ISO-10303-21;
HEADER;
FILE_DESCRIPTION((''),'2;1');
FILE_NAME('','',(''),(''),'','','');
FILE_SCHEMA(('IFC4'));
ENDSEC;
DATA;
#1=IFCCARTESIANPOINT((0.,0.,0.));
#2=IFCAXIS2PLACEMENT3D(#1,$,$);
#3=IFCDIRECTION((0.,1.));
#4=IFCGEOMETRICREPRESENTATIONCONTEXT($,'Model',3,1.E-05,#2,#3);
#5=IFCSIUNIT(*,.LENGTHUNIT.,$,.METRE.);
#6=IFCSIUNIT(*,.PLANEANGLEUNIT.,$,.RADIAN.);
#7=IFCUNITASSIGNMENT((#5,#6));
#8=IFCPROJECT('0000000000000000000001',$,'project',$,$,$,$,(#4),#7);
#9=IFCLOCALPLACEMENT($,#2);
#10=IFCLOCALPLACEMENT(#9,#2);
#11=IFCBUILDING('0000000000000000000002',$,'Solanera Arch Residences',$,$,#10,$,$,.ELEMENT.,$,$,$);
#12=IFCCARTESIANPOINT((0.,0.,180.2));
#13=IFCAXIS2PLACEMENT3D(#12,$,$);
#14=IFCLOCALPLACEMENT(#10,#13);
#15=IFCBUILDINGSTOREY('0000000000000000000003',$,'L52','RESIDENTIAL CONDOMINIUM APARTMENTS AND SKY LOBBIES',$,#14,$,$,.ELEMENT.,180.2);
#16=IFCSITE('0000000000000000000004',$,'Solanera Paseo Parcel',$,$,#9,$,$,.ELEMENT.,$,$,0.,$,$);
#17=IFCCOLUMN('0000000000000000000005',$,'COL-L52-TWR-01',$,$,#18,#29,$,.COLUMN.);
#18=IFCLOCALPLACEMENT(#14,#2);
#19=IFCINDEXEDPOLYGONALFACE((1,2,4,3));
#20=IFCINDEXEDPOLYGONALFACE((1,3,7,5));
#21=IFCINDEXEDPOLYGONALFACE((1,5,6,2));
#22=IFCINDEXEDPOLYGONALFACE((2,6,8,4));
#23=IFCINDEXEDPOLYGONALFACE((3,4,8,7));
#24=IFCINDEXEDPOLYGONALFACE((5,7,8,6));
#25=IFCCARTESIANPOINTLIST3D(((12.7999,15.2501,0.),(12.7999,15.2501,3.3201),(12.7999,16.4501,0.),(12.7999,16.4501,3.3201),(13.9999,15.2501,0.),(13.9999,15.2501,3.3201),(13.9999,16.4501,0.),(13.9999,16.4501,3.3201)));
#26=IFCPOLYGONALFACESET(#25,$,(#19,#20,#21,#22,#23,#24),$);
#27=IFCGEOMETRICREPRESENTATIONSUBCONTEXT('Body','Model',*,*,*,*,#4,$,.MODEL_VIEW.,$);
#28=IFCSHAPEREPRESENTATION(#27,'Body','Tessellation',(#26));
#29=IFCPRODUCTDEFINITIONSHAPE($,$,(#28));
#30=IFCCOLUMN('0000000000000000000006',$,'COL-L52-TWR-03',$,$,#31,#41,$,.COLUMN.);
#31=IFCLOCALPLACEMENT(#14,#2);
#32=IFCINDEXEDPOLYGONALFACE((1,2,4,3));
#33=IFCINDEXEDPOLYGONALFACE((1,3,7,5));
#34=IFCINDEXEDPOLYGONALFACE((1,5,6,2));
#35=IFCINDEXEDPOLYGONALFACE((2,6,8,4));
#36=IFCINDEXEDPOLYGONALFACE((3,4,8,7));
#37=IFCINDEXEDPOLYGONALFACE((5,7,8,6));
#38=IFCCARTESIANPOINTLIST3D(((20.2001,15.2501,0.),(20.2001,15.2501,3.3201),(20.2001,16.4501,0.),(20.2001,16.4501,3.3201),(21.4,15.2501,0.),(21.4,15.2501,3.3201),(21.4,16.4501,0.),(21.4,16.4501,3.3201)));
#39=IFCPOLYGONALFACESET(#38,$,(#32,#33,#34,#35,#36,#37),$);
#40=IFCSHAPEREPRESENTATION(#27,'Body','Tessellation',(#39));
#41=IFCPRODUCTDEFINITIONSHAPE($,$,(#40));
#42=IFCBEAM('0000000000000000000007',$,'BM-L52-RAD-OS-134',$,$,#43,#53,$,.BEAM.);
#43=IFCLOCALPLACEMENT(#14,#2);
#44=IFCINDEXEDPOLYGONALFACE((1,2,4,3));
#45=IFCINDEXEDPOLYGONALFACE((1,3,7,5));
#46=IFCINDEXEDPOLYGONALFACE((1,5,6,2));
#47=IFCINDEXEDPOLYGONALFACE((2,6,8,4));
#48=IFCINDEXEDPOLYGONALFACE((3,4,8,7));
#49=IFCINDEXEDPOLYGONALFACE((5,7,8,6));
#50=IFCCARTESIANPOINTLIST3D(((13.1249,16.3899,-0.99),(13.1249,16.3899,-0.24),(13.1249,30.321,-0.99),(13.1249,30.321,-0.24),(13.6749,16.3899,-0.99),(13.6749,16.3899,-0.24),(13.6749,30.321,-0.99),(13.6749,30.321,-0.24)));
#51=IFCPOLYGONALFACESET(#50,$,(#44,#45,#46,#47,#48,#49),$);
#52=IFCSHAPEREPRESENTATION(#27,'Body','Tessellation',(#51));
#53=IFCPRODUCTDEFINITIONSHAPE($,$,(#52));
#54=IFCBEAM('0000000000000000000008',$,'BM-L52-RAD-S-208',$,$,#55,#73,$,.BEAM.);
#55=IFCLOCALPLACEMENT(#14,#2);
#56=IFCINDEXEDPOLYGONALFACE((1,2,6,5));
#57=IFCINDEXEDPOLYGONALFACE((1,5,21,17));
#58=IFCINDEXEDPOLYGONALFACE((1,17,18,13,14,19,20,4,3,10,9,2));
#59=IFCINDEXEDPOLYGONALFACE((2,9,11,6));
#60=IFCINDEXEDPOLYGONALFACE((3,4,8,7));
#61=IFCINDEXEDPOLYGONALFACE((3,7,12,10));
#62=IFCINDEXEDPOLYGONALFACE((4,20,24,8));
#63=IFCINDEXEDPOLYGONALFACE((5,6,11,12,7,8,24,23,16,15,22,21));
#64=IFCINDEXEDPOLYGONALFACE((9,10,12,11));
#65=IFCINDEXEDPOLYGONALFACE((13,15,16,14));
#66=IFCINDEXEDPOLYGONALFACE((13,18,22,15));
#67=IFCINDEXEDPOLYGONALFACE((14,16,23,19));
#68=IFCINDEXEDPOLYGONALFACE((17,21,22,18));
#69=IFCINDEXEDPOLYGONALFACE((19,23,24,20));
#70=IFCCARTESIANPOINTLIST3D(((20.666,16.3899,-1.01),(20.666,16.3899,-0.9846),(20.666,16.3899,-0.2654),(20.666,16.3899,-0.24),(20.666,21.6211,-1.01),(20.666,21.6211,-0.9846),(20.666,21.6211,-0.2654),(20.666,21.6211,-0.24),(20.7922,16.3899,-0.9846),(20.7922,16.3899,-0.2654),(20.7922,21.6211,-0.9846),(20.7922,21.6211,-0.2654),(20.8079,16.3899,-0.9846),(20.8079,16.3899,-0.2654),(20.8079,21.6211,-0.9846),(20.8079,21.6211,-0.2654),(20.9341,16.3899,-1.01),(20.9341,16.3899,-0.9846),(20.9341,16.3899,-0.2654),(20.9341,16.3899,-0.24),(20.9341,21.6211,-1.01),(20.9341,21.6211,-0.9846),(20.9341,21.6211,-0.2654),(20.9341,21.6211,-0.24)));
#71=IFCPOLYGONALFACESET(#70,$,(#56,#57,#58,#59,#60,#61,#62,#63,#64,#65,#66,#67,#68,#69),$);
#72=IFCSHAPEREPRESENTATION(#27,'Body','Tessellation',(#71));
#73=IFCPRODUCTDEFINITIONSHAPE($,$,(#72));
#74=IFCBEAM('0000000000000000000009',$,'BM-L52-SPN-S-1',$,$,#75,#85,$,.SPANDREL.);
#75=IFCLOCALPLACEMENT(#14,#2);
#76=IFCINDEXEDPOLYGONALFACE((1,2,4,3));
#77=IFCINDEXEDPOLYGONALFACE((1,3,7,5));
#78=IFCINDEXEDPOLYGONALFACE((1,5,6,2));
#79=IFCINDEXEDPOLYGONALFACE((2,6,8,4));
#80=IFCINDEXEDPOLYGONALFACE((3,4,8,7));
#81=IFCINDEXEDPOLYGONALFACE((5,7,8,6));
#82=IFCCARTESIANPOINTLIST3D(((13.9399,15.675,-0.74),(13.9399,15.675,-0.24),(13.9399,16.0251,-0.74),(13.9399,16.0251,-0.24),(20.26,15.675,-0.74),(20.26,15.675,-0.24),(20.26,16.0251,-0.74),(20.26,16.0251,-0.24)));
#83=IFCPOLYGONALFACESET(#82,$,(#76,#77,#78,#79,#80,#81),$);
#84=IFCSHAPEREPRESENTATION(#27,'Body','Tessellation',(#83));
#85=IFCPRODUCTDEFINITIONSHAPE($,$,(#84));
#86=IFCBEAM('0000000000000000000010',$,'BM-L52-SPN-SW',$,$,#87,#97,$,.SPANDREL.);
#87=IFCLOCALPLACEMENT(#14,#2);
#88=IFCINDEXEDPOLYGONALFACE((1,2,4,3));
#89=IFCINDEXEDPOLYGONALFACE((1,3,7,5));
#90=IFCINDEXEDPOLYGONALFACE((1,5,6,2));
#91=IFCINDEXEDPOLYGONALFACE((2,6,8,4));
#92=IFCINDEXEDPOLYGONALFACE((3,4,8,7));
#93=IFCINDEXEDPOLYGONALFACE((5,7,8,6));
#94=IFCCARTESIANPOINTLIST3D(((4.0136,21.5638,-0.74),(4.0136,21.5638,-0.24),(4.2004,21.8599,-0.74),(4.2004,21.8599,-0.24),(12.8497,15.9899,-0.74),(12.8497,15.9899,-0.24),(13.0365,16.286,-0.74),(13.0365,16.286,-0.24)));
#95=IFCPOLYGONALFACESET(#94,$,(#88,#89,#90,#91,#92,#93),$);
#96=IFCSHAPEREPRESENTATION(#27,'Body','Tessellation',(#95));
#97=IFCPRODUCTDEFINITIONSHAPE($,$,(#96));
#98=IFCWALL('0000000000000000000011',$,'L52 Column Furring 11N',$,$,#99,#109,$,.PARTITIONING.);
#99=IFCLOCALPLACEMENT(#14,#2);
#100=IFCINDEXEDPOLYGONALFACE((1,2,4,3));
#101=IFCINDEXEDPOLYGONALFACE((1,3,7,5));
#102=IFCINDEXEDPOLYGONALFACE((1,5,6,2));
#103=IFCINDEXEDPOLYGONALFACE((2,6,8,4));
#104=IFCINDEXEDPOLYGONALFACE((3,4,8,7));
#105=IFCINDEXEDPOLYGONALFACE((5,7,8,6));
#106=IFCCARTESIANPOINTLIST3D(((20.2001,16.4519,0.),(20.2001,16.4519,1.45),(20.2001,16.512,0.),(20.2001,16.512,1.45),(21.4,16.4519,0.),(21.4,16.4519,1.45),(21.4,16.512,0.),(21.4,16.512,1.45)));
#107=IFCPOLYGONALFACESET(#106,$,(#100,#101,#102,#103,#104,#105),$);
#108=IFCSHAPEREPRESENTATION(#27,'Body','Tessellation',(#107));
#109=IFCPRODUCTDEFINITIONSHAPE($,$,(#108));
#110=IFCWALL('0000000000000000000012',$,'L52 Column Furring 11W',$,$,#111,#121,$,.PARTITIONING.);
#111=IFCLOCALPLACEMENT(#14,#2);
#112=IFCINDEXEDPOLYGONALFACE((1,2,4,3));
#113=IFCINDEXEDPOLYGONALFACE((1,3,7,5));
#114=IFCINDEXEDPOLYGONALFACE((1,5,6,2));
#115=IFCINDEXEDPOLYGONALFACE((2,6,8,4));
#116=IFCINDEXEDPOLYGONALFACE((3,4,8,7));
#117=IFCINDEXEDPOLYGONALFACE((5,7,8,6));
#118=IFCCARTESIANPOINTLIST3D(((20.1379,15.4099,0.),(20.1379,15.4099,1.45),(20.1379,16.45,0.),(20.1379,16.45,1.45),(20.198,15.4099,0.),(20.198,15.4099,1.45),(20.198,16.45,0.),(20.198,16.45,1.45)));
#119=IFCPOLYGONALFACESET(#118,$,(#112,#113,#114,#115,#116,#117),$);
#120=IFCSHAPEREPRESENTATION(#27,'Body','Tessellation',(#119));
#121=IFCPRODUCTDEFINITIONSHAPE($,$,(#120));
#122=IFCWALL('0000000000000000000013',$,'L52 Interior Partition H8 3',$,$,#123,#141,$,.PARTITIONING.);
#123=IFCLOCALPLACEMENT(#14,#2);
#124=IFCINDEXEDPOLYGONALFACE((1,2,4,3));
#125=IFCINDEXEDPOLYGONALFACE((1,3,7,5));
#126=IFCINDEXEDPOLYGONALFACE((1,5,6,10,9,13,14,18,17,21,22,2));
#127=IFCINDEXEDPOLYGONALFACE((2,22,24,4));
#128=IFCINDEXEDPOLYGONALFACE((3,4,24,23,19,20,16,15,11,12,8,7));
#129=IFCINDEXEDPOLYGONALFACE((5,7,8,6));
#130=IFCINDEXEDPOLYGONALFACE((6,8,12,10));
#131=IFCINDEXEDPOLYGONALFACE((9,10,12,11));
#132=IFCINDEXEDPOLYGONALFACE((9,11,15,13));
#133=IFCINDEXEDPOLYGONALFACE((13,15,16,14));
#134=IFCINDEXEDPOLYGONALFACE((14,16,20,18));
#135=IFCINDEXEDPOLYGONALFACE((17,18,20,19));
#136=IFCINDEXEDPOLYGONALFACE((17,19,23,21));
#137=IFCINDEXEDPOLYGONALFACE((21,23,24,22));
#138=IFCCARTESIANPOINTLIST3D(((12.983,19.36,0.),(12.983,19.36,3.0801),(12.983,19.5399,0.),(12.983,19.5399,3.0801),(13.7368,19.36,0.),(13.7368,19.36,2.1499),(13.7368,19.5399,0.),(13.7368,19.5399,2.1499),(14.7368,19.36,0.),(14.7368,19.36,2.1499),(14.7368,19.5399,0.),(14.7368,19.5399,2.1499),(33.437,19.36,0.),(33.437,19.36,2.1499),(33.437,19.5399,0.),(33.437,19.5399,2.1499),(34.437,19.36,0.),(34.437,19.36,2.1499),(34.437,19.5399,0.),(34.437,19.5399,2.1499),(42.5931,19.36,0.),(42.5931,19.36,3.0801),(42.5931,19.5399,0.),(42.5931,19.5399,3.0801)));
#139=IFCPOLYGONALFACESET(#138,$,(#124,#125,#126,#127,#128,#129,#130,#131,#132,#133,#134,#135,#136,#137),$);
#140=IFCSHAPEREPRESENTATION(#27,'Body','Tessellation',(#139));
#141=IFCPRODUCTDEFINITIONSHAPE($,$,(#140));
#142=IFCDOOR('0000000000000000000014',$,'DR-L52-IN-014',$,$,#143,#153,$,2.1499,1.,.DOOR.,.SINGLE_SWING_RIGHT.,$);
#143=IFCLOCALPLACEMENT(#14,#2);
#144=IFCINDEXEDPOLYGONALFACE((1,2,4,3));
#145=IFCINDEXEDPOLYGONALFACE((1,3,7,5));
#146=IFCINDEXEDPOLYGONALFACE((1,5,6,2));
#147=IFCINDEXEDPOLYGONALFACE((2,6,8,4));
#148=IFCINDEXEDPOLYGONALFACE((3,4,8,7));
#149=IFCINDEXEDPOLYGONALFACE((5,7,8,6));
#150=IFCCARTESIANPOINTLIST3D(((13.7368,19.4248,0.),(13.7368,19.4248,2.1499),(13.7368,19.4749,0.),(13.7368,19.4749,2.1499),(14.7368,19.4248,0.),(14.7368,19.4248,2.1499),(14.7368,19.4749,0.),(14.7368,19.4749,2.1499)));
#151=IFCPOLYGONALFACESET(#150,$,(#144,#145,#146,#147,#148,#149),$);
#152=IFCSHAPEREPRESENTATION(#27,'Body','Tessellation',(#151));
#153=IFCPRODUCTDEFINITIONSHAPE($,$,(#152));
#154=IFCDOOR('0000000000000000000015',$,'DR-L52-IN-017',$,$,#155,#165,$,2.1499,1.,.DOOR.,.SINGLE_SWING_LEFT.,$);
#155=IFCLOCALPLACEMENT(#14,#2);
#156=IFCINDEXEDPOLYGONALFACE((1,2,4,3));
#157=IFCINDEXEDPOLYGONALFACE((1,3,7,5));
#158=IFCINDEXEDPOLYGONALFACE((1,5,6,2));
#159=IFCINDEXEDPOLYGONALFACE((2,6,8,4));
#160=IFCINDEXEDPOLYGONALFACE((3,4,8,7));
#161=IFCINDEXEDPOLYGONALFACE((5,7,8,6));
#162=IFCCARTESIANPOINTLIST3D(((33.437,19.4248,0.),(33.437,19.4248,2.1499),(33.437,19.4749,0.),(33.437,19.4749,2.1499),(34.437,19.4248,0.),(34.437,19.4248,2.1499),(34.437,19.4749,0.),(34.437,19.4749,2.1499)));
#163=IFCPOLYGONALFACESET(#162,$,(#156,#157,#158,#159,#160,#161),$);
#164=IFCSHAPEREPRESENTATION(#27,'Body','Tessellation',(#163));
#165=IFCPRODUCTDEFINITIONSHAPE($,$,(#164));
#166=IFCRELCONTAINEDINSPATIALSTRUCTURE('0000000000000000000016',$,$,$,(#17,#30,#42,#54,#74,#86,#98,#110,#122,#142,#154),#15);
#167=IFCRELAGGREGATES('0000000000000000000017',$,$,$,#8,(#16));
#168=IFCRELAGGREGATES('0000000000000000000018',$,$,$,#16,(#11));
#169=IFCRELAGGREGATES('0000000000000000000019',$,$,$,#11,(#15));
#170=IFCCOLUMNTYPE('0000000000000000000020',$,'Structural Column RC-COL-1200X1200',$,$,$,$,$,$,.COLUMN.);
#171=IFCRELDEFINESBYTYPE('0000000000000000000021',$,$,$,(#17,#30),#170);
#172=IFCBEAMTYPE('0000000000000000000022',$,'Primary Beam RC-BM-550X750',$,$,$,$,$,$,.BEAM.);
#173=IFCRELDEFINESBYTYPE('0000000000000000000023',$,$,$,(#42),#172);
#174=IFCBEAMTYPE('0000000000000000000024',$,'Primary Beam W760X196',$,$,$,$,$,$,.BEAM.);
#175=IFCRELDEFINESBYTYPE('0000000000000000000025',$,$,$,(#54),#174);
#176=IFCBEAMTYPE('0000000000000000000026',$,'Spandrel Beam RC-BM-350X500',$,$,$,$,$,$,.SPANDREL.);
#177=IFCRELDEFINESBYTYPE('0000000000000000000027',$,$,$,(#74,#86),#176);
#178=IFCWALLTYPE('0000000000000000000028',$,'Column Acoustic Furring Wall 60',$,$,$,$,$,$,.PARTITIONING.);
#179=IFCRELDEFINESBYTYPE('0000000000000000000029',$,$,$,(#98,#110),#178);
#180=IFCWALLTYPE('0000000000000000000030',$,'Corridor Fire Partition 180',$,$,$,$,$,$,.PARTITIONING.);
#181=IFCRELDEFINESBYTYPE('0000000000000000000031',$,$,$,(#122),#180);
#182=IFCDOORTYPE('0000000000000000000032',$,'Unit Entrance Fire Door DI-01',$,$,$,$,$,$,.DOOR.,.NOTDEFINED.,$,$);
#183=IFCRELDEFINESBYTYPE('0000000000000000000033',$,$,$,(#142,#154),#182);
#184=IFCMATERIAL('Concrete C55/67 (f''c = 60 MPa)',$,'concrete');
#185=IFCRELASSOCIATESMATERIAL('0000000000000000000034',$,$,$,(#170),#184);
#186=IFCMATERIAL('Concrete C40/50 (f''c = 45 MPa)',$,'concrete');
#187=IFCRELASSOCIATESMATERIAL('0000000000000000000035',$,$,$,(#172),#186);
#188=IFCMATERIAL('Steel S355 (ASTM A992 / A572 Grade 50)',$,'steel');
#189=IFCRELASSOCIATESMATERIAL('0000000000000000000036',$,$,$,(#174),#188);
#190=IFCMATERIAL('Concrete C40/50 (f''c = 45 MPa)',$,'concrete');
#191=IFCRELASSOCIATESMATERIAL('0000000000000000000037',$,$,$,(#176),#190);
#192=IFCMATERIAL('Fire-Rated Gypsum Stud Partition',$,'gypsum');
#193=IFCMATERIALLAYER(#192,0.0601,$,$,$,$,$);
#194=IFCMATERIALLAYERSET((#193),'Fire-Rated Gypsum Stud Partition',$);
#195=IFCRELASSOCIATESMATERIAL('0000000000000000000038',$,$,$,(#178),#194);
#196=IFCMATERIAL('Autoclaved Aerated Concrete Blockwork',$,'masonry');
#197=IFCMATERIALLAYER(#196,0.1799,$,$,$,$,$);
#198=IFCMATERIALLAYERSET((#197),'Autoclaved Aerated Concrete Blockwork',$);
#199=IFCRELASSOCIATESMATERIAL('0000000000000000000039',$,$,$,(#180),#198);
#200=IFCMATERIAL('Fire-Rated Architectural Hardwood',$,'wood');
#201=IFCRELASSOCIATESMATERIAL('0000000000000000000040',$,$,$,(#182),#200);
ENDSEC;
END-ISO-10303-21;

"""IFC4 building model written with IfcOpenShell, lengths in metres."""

from ifc_helpers import new_model, si_unit, direction, frame, frame_2d, origin, origin_2d, place, context, subcontext, project, spatial, rectangle, i_section, extrude, material, layer, layer_set, material_profile, profile_set, type_object, element, fill, save


model = new_model("IFC4")

# Units and contexts
model_context = context("Model", 3, precision=1e-05, world=origin(), true_north=direction((0.0, 1.0)))
body_context = subcontext(model_context, "Body", "Model", "MODEL_VIEW")
ifc_project = project(units=[si_unit("LENGTHUNIT", "METRE"), si_unit("PLANEANGLEUNIT", "RADIAN")], contexts=[model_context])

# Site, building, storey
site_placement = place(None, origin())
site = spatial("IfcSite", under=ifc_project, at=site_placement, Name="Solanera Paseo Parcel", CompositionType="ELEMENT", RefElevation=0.0)
building_placement = place(site_placement, origin())
building = spatial("IfcBuilding", under=site, at=building_placement, Name="Solanera Arch Residences", CompositionType="ELEMENT")
storey_placement = place(building_placement, frame((0.0, 0.0, 180.2)))
storey = spatial("IfcBuildingStorey", under=building, at=storey_placement, Name="L52", Description="RESIDENTIAL CONDOMINIUM APARTMENTS AND SKY LOBBIES", CompositionType="ELEMENT", Elevation=180.2)

# Columns
ifc_material_1 = material(Name="Concrete C55/67 (f'c = 60 MPa)", Category="concrete")
ifc_material_profile_1 = material_profile(ifc_material_1, rectangle(XDim=1.2, YDim=1.2, at=origin_2d()))
ifc_profile_set_1 = profile_set([ifc_material_profile_1], Name="Concrete C55/67 (f'c = 60 MPa)")
column_type = type_object("IfcColumnType", Name="Structural Column RC-COL-1200X1200", PredefinedType="COLUMN", material=ifc_profile_set_1)
for number, where, z_axis, x_axis, name in (
    (1, (13.3999, 15.8501, 0.0), (0.0, 0.0, 1.0), (1.0, 0.0, 0.0), "COL-L52-TWR-01"),
    (2, (20.8, 15.8501, 0.0), (0.0, 0.0, 1.0), (1.0, 0.0, 0.0), "COL-L52-TWR-03"),
):
    element("IfcColumn", number, at=place(storey_placement, frame(where, z_axis=z_axis, x_axis=x_axis)), inside=storey, type_object=column_type, Name=name, PredefinedType="COLUMN", context=body_context, shape_type="SweptSolid", body=[
        extrude(rectangle(XDim=1.2, YDim=1.2, at=origin_2d()), origin(), (0.0, 0.0, 1.0), 3.3201),
    ])

# Beams
ifc_material_2 = material(Name="Concrete C40/50 (f'c = 45 MPa)", Category="concrete")
ifc_material_profile_2 = material_profile(ifc_material_2, rectangle(XDim=0.55, YDim=0.75, at=origin_2d()))
ifc_profile_set_2 = profile_set([ifc_material_profile_2], Name="Concrete C40/50 (f'c = 45 MPa)")
beam_type_1 = type_object("IfcBeamType", Name="Primary Beam RC-BM-550X750", PredefinedType="BEAM", material=ifc_profile_set_2)
beam_1_placement = place(storey_placement, frame((13.3999, 16.3899, -0.615), z_axis=(0.0, 1.0, 0.0), x_axis=(-1.0, 0.0, 0.0)))
element("IfcBeam", 3, at=beam_1_placement, inside=storey, type_object=beam_type_1, Name="BM-L52-RAD-OS-134", PredefinedType="BEAM", context=body_context, shape_type="SweptSolid", body=[
    extrude(rectangle(XDim=0.55, YDim=0.75, at=origin_2d()), origin(), (0.0, 0.0, 1.0), 13.9312),
])
ifc_material_3 = material(Name="Steel S355 (ASTM A992 / A572 Grade 50)", Category="steel")
ifc_material_profile_3 = material_profile(ifc_material_3, i_section(OverallWidth=0.2681, OverallDepth=0.77, WebThickness=0.0156, FlangeThickness=0.0254, at=origin_2d()))
ifc_profile_set_3 = profile_set([ifc_material_profile_3], Name="Steel S355 (ASTM A992 / A572 Grade 50)")
beam_type_2 = type_object("IfcBeamType", Name="Primary Beam W760X196", PredefinedType="BEAM", material=ifc_profile_set_3)
beam_2_placement = place(storey_placement, frame((20.8, 16.3899, -0.625), z_axis=(0.0, 1.0, 0.0), x_axis=(-1.0, 0.0, 0.0)))
element("IfcBeam", 4, at=beam_2_placement, inside=storey, type_object=beam_type_2, Name="BM-L52-RAD-S-208", PredefinedType="BEAM", context=body_context, shape_type="SweptSolid", body=[
    extrude(i_section(OverallWidth=0.2681, OverallDepth=0.77, WebThickness=0.0156, FlangeThickness=0.0254, at=origin_2d()), origin(), (0.0, 0.0, 1.0), 5.2312),
])
ifc_material_4 = material(Name="Concrete C40/50 (f'c = 45 MPa)", Category="concrete")
ifc_material_profile_4 = material_profile(ifc_material_4, rectangle(XDim=0.3501, YDim=0.5, at=origin_2d()))
ifc_profile_set_4 = profile_set([ifc_material_profile_4], Name="Concrete C40/50 (f'c = 45 MPa)")
beam_type_3 = type_object("IfcBeamType", Name="Spandrel Beam RC-BM-350X500", PredefinedType="SPANDREL", material=ifc_profile_set_4)
beam_3_placement = place(storey_placement, frame((13.9399, 15.8501, -0.49), z_axis=(1.0, 0.0, 0.0), x_axis=(0.0, 1.0, 0.0)))
element("IfcBeam", 5, at=beam_3_placement, inside=storey, type_object=beam_type_3, Name="BM-L52-SPN-S-1", PredefinedType="SPANDREL", context=body_context, shape_type="SweptSolid", body=[
    extrude(rectangle(XDim=0.3501, YDim=0.5, at=origin_2d()), origin(), (0.0, 0.0, 1.0), 6.3201),
])
beam_4_placement = place(storey_placement, frame((12.9431, 16.1379, -0.49), z_axis=(-0.845781, 0.53353, 0.0), x_axis=(-0.53353, -0.845781, 0.0)))
element("IfcBeam", 6, at=beam_4_placement, inside=storey, type_object=beam_type_3, Name="BM-L52-SPN-SW", PredefinedType="SPANDREL", context=body_context, shape_type="SweptSolid", body=[
    extrude(rectangle(XDim=0.3501, YDim=0.5, at=origin_2d()), origin(), (0.0, 0.0, 1.0), 10.4473),
])

# Walls
ifc_material_5 = material(Name="Fire-Rated Gypsum Stud Partition", Category="gypsum")
ifc_layer_1 = layer(ifc_material_5, 0.0601)
ifc_layer_set_1 = layer_set([ifc_layer_1], Name="Fire-Rated Gypsum Stud Partition")
wall_type_1 = type_object("IfcWallType", Name="Column Acoustic Furring Wall 60", PredefinedType="PARTITIONING", material=ifc_layer_set_1)
wall_1_placement = place(storey_placement, frame((20.2, 16.4819, 0.0), z_axis=(0.0, 0.0, 1.0), x_axis=(1.0, 0.0, 0.0)))
element("IfcWall", 7, at=wall_1_placement, inside=storey, type_object=wall_type_1, Name="L52 Column Furring 11N", PredefinedType="PARTITIONING", context=body_context, shape_type="SweptSolid", body=[
    extrude(rectangle(XDim=1.2, YDim=0.0601, at=frame_2d((0.6001, 0.0))), origin(), (0.0, 0.0, 1.0), 1.45),
])
wall_2_placement = place(storey_placement, frame((20.168, 15.4099, 0.0), z_axis=(0.0, 0.0, 1.0), x_axis=(0.0, 1.0, 0.0)))
element("IfcWall", 8, at=wall_2_placement, inside=storey, type_object=wall_type_1, Name="L52 Column Furring 11W", PredefinedType="PARTITIONING", context=body_context, shape_type="SweptSolid", body=[
    extrude(rectangle(XDim=1.04, YDim=0.0601, at=frame_2d((0.52, 0.0))), origin(), (0.0, 0.0, 1.0), 1.45),
])

# Wall, openings, doors
ifc_material_6 = material(Name="Autoclaved Aerated Concrete Blockwork", Category="masonry")
ifc_layer_2 = layer(ifc_material_6, 0.1799)
ifc_layer_set_2 = layer_set([ifc_layer_2], Name="Autoclaved Aerated Concrete Blockwork")
wall_type_2 = type_object("IfcWallType", Name="Corridor Fire Partition 180", PredefinedType="PARTITIONING", material=ifc_layer_set_2)
wall_3_placement = place(storey_placement, frame((12.9829, 19.45, 0.0), z_axis=(0.0, 0.0, 1.0), x_axis=(1.0, 0.0, 0.0)))
wall_3 = element("IfcWall", 9, at=wall_3_placement, inside=storey, type_object=wall_type_2, Name="L52 Interior Partition H8 3", PredefinedType="PARTITIONING", context=body_context, shape_type="SweptSolid", body=[
    extrude(rectangle(XDim=29.6101, YDim=0.1799, at=frame_2d((14.8052, 0.0))), origin(), (0.0, 0.0, 1.0), 3.0801),
])
opening_1_placement = place(wall_3_placement, frame((0.7539, 0.0, 0.0)))
opening_1 = element("IfcOpeningElement", 10, at=opening_1_placement, cuts=wall_3, PredefinedType="OPENING", context=body_context, shape_type="SweptSolid", body=[
    extrude(rectangle(XDim=1.0, YDim=2.1499, at=frame_2d((0.5, 1.075))), frame((0.0, 0.1001, 0.0), z_axis=(0.0, -1.0, 0.0), x_axis=(1.0, 0.0, 0.0)), (0.0, 0.0, 1.0), 0.1999),
])
opening_2_placement = place(wall_3_placement, frame((20.4541, 0.0, 0.0)))
opening_2 = element("IfcOpeningElement", 11, at=opening_2_placement, cuts=wall_3, PredefinedType="OPENING", context=body_context, shape_type="SweptSolid", body=[
    extrude(rectangle(XDim=1.0, YDim=2.1499, at=frame_2d((0.5, 1.075))), frame((0.0, 0.1001, 0.0), z_axis=(0.0, -1.0, 0.0), x_axis=(1.0, 0.0, 0.0)), (0.0, 0.0, 1.0), 0.1999),
])
ifc_material_7 = material(Name="Fire-Rated Architectural Hardwood", Category="wood")
door_type_1 = type_object("IfcDoorType", Name="Unit Entrance Fire Door DI-01", OperationType="NOTDEFINED", PredefinedType="DOOR", material=ifc_material_7)
door_1_placement = place(opening_1_placement, origin())
door_1 = element("IfcDoor", 12, at=door_1_placement, inside=storey, type_object=door_type_1, Name="DR-L52-IN-014", OperationType="SINGLE_SWING_RIGHT", OverallHeight=2.1499, OverallWidth=1.0, PredefinedType="DOOR", context=body_context, shape_type="SweptSolid", body=[
    extrude(rectangle(XDim=1.0, YDim=2.1499, at=frame_2d((0.5, 1.075))), frame((0.0, 0.0249, 0.0), z_axis=(0.0, -1.0, 0.0), x_axis=(1.0, 0.0, 0.0)), (0.0, 0.0, 1.0), 0.05),
])
fill(opening_1, door_1)
door_2_placement = place(opening_2_placement, origin())
door_2 = element("IfcDoor", 13, at=door_2_placement, inside=storey, type_object=door_type_1, Name="DR-L52-IN-017", OperationType="SINGLE_SWING_LEFT", OverallHeight=2.1499, OverallWidth=1.0, PredefinedType="DOOR", context=body_context, shape_type="SweptSolid", body=[
    extrude(rectangle(XDim=1.0, YDim=2.1499, at=frame_2d((0.5, 1.075))), frame((0.0, 0.0249, 0.0), z_axis=(0.0, -1.0, 0.0), x_axis=(1.0, 0.0, 0.0)), (0.0, 0.0, 1.0), 0.05),
])
fill(opening_2, door_2)

save(model, "model.ifc")
